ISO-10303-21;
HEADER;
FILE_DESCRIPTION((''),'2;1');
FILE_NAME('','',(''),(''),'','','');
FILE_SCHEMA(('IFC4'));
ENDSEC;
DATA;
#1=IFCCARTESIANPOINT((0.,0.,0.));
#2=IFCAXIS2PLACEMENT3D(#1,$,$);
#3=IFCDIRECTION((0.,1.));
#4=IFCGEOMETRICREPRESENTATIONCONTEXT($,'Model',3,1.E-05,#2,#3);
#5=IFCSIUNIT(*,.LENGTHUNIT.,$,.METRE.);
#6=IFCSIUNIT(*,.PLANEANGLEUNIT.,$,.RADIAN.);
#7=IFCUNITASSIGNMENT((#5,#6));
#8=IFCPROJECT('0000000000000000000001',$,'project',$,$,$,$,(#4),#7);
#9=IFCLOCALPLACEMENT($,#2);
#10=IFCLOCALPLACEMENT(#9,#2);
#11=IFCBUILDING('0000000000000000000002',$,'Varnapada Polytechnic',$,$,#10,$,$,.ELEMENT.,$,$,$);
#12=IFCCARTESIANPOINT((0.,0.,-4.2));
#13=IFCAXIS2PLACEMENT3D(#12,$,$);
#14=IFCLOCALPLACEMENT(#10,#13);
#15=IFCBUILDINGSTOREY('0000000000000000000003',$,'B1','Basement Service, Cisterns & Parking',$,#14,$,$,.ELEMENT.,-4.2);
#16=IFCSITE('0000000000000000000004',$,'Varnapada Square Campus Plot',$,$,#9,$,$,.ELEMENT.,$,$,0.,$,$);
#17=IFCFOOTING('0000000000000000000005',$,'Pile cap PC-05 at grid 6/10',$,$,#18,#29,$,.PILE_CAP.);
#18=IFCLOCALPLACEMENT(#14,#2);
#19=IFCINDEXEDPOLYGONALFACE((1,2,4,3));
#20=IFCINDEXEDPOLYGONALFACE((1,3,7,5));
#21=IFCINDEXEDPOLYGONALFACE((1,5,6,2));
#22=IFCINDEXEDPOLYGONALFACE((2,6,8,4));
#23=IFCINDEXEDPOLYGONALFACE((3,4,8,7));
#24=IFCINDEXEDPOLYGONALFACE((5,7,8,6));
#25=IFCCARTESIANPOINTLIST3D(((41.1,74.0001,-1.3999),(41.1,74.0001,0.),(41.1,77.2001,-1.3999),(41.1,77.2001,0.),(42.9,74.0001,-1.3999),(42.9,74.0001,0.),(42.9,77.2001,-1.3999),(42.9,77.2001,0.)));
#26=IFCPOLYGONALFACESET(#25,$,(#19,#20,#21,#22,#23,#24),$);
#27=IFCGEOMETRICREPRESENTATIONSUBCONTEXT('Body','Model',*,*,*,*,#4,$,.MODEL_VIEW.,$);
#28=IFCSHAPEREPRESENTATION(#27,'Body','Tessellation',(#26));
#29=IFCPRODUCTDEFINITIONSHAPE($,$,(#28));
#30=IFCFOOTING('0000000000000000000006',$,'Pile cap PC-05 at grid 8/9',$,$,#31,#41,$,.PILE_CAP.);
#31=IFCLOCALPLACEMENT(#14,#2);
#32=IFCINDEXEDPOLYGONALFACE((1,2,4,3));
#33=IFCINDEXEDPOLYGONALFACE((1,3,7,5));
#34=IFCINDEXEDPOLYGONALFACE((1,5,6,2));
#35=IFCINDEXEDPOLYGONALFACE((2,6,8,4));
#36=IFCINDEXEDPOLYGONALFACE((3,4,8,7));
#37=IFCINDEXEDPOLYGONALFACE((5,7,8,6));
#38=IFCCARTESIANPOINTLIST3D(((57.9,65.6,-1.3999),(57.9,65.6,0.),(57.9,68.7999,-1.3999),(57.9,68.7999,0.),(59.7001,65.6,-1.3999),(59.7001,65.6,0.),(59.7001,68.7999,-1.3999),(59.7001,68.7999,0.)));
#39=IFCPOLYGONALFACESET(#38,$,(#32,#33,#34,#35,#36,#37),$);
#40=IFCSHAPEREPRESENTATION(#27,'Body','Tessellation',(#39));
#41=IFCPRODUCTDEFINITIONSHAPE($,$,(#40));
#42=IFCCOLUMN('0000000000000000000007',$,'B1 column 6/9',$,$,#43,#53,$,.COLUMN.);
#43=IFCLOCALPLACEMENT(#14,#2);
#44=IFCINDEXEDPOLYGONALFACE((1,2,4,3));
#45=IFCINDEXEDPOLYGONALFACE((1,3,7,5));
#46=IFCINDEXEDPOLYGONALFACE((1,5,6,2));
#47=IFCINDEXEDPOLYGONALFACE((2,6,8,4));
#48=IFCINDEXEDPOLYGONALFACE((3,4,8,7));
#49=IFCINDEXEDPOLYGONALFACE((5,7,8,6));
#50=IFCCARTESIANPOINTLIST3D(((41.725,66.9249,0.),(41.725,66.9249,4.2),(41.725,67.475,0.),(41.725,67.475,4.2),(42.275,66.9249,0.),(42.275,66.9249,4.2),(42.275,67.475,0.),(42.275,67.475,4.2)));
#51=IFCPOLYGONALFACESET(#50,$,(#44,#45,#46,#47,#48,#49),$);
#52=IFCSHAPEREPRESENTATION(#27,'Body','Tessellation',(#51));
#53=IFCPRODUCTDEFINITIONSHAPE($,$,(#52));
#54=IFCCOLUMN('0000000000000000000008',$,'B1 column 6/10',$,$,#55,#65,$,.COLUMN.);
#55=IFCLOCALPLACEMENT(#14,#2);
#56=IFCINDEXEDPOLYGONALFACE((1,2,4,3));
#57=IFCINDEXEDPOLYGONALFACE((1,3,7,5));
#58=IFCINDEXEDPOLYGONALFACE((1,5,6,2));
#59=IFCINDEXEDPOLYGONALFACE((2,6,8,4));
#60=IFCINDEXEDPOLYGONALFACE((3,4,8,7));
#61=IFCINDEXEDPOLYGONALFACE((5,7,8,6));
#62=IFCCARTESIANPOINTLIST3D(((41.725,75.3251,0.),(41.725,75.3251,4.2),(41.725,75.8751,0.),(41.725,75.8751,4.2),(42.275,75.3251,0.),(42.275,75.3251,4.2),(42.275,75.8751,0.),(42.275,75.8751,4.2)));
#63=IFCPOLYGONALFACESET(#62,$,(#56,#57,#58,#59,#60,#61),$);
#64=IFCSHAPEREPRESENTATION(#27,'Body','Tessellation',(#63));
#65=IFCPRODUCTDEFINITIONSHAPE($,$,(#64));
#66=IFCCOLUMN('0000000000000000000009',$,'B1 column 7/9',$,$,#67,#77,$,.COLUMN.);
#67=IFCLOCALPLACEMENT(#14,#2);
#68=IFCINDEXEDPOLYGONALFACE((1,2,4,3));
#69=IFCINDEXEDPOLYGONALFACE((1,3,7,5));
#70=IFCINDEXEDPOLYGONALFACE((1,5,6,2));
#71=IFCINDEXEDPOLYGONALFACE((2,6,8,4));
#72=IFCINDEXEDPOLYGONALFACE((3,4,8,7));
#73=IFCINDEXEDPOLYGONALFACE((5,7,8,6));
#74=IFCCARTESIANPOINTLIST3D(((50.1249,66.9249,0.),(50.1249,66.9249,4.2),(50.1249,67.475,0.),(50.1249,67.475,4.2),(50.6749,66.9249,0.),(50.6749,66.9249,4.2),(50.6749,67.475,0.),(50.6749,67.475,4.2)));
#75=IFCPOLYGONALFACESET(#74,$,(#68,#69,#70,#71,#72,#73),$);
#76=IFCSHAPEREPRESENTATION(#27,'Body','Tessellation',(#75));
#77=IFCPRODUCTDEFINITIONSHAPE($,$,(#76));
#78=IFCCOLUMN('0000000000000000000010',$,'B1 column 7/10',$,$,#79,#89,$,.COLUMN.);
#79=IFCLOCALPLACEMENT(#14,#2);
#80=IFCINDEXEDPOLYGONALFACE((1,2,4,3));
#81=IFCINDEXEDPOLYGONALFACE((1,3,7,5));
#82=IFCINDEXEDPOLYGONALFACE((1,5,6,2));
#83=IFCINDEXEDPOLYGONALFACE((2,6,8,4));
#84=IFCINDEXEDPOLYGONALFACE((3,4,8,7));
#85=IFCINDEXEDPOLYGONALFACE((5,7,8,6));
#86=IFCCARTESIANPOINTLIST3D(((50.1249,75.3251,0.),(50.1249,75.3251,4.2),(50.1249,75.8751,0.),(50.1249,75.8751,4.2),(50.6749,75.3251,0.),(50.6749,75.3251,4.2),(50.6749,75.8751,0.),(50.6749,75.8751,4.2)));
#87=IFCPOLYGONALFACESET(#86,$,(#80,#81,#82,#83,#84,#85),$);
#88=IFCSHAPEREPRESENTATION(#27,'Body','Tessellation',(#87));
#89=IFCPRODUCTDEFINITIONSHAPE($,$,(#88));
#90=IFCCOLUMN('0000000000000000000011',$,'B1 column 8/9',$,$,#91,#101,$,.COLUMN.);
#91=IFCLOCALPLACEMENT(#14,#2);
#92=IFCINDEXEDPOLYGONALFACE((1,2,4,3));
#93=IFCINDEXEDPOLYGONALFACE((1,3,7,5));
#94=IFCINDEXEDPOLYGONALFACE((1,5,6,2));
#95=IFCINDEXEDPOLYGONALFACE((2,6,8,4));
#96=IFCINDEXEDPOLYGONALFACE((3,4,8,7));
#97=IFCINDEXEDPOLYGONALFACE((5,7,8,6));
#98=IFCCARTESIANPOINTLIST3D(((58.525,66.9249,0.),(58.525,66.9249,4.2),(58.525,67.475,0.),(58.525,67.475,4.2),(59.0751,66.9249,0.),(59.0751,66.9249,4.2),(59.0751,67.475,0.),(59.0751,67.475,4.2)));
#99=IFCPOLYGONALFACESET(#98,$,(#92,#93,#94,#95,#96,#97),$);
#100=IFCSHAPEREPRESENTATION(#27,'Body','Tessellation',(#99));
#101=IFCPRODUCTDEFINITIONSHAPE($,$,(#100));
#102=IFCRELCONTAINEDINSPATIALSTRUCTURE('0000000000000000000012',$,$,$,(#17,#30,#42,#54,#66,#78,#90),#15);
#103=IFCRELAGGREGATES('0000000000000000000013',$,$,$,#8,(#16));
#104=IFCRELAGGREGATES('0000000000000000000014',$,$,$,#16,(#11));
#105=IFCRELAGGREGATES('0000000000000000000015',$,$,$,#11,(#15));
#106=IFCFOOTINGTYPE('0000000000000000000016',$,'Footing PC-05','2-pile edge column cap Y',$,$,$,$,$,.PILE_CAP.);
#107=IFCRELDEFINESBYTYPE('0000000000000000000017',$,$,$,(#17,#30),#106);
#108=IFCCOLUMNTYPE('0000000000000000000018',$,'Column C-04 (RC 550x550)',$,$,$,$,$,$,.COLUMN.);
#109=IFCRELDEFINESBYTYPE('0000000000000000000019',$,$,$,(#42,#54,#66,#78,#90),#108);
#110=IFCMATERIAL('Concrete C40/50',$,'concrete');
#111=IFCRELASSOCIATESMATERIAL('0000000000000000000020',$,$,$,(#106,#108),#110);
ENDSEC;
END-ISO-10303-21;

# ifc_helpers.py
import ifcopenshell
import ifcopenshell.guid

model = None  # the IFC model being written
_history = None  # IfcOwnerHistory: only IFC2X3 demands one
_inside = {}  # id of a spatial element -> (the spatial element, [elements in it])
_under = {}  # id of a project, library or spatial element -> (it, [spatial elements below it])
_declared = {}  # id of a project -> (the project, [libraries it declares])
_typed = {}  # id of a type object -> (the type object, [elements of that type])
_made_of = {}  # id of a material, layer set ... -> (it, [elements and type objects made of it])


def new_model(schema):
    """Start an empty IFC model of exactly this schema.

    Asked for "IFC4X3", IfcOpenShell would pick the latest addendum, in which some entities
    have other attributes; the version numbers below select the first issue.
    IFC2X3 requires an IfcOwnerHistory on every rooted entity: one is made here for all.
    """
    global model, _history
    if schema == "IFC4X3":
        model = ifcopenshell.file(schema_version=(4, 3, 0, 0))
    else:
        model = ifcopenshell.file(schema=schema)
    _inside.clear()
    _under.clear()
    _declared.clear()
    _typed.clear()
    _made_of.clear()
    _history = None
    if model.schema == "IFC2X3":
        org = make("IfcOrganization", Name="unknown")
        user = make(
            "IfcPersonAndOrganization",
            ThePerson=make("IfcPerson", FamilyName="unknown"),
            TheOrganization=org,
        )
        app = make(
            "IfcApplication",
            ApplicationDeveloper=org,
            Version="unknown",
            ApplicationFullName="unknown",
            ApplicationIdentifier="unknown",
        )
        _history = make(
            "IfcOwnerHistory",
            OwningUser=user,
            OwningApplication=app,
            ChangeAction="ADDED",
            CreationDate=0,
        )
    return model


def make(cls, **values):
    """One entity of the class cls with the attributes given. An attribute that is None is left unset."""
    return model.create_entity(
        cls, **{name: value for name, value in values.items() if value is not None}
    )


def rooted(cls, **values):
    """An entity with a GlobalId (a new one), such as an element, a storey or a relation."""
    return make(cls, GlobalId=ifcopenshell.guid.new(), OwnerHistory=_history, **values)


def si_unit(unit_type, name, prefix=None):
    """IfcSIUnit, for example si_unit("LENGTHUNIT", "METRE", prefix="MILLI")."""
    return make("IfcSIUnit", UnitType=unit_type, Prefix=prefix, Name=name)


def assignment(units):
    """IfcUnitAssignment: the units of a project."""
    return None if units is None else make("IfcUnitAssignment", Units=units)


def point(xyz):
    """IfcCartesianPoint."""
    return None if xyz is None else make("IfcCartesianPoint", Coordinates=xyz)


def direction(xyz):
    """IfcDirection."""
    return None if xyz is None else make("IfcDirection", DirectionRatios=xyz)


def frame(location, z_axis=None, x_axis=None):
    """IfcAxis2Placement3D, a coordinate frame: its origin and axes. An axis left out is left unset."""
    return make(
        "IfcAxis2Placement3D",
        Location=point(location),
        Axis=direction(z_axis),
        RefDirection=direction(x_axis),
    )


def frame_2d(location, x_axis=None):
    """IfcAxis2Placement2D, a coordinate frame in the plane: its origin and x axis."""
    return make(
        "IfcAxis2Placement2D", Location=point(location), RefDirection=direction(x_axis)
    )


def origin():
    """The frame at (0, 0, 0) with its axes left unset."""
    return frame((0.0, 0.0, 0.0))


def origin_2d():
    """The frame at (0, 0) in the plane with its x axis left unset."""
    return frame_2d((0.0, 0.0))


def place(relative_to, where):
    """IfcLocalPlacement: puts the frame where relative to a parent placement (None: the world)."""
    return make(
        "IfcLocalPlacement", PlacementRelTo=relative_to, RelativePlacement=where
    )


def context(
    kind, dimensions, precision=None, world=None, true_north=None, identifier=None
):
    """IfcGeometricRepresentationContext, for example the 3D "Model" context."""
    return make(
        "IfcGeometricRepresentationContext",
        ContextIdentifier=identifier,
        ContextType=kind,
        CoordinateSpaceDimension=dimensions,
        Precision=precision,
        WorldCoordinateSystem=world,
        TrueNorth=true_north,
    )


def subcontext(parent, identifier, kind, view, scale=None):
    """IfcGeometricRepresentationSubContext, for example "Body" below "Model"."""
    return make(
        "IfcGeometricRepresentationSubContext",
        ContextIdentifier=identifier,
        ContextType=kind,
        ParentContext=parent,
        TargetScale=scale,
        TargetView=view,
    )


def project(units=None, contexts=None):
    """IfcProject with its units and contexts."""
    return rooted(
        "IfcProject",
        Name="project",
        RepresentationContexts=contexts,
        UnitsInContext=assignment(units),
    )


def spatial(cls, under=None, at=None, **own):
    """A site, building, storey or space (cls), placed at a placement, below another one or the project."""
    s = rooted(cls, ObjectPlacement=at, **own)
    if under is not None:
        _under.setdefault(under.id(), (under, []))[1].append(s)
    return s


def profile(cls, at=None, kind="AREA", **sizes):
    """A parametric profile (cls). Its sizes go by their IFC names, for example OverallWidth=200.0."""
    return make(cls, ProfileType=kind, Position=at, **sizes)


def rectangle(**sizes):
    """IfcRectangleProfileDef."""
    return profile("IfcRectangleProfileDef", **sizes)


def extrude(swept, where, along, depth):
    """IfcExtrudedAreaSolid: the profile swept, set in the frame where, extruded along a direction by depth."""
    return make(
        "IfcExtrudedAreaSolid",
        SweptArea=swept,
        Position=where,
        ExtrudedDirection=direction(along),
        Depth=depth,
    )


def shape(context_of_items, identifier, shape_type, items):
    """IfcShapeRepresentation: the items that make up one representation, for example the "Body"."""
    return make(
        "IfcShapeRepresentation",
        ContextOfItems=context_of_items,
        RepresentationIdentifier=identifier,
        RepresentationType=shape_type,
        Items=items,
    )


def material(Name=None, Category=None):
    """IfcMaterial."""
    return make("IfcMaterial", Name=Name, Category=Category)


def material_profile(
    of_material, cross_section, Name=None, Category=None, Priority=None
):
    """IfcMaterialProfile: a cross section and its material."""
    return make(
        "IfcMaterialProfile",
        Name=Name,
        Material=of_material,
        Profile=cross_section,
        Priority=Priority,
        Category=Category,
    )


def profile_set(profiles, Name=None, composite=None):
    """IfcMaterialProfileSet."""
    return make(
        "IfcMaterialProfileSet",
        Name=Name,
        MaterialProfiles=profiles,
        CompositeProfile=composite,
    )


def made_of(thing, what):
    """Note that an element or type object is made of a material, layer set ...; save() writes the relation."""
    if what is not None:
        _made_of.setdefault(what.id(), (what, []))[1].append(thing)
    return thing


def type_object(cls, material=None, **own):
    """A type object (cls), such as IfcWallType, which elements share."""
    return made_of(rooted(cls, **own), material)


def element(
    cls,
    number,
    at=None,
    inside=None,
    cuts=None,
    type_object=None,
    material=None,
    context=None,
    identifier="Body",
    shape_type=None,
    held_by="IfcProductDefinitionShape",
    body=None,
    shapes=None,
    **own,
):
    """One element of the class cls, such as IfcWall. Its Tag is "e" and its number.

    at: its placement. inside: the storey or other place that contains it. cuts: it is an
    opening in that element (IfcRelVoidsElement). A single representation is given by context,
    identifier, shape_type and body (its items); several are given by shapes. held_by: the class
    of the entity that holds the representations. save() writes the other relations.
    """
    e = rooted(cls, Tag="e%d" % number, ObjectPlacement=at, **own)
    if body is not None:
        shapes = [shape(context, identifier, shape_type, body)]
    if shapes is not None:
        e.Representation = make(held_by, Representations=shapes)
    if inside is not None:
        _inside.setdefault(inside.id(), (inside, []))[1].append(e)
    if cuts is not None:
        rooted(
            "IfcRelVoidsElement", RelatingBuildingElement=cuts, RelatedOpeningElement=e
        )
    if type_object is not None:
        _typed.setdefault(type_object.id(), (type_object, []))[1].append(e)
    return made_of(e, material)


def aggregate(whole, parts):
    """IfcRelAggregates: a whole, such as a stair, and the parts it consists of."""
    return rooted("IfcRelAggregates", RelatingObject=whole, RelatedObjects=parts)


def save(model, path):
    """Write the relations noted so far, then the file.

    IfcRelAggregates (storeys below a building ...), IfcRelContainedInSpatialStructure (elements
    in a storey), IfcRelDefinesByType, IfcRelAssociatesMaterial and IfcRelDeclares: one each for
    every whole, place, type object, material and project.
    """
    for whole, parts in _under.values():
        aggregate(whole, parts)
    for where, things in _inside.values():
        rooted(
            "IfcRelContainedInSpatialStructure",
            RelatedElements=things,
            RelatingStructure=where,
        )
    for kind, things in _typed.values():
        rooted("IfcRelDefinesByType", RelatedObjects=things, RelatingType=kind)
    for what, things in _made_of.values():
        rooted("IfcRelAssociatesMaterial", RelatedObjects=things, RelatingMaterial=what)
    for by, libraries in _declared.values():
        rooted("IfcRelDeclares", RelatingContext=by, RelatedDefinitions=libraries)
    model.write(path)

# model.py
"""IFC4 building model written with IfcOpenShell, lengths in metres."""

from ifc_helpers import new_model, si_unit, direction, frame, origin, origin_2d, place, context, subcontext, project, spatial, rectangle, extrude, material, material_profile, profile_set, type_object, element, save


model = new_model("IFC4")

# Units and contexts
model_context = context("Model", 3, precision=1e-05, world=origin(), true_north=direction((0.0, 1.0)))
body_context = subcontext(model_context, "Body", "Model", "MODEL_VIEW")
ifc_project = project(units=[si_unit("LENGTHUNIT", "METRE"), si_unit("PLANEANGLEUNIT", "RADIAN")], contexts=[model_context])

# Site, building, storey
site_placement = place(None, origin())
site = spatial("IfcSite", under=ifc_project, at=site_placement, Name="Varnapada Square Campus Plot", CompositionType="ELEMENT", RefElevation=0.0)
building_placement = place(site_placement, origin())
building = spatial("IfcBuilding", under=site, at=building_placement, Name="Varnapada Polytechnic", CompositionType="ELEMENT")
storey_placement = place(building_placement, frame((0.0, 0.0, -4.2)))
storey = spatial("IfcBuildingStorey", under=building, at=storey_placement, Name="B1", Description="Basement Service, Cisterns & Parking", CompositionType="ELEMENT", Elevation=-4.2)

# Shared definitions
ifc_material = material(Name="Concrete C40/50", Category="concrete")

# Footings
footing_type_1 = type_object("IfcFootingType", Name="Footing PC-05", Description="2-pile edge column cap Y", PredefinedType="PILE_CAP", material=ifc_material)
for number, where, z_axis, x_axis, name in (
    (1, (42.0, 75.6001, -1.3999), (0.0, 0.0, 1.0), (1.0, 0.0, 0.0), "Pile cap PC-05 at grid 6/10"),
    (2, (58.8, 67.2, -1.3999), (0.0, 0.0, 1.0), (1.0, 0.0, 0.0), "Pile cap PC-05 at grid 8/9"),
):
    element("IfcFooting", number, at=place(storey_placement, frame(where, z_axis=z_axis, x_axis=x_axis)), inside=storey, type_object=footing_type_1, Name=name, PredefinedType="PILE_CAP", context=body_context, shape_type="SweptSolid", body=[
        extrude(rectangle(XDim=1.8, YDim=3.2, at=origin_2d()), origin(), (0.0, 0.0, 1.0), 1.3999),
    ])

# Columns
ifc_material_profile_1 = material_profile(ifc_material, rectangle(XDim=0.55, YDim=0.55, at=origin_2d()), Name="RC 550x550")
ifc_profile_set_1 = profile_set([ifc_material_profile_1], Name="Concrete C40/50")
column_type = type_object("IfcColumnType", Name="Column C-04 (RC 550x550)", PredefinedType="COLUMN", material=ifc_profile_set_1)
for number, where, z_axis, x_axis, name in (
    (3, (42.0, 67.2, 0.0), (0.0, 0.0, 1.0), (1.0, 0.0, 0.0), "B1 column 6/9"),
    (4, (42.0, 75.6001, 0.0), (0.0, 0.0, 1.0), (1.0, 0.0, 0.0), "B1 column 6/10"),
    (5, (50.3999, 67.2, 0.0), (0.0, 0.0, 1.0), (1.0, 0.0, 0.0), "B1 column 7/9"),
    (6, (50.3999, 75.6001, 0.0), (0.0, 0.0, 1.0), (1.0, 0.0, 0.0), "B1 column 7/10"),
    (7, (58.8, 67.2, 0.0), (0.0, 0.0, 1.0), (1.0, 0.0, 0.0), "B1 column 8/9"),
):
    element("IfcColumn", number, at=place(storey_placement, frame(where, z_axis=z_axis, x_axis=x_axis)), inside=storey, type_object=column_type, Name=name, PredefinedType="COLUMN", context=body_context, shape_type="SweptSolid", body=[
        extrude(rectangle(XDim=0.55, YDim=0.55, at=origin_2d()), origin(), (0.0, 0.0, 1.0), 4.2),
    ])

save(model, "model.ifc")
